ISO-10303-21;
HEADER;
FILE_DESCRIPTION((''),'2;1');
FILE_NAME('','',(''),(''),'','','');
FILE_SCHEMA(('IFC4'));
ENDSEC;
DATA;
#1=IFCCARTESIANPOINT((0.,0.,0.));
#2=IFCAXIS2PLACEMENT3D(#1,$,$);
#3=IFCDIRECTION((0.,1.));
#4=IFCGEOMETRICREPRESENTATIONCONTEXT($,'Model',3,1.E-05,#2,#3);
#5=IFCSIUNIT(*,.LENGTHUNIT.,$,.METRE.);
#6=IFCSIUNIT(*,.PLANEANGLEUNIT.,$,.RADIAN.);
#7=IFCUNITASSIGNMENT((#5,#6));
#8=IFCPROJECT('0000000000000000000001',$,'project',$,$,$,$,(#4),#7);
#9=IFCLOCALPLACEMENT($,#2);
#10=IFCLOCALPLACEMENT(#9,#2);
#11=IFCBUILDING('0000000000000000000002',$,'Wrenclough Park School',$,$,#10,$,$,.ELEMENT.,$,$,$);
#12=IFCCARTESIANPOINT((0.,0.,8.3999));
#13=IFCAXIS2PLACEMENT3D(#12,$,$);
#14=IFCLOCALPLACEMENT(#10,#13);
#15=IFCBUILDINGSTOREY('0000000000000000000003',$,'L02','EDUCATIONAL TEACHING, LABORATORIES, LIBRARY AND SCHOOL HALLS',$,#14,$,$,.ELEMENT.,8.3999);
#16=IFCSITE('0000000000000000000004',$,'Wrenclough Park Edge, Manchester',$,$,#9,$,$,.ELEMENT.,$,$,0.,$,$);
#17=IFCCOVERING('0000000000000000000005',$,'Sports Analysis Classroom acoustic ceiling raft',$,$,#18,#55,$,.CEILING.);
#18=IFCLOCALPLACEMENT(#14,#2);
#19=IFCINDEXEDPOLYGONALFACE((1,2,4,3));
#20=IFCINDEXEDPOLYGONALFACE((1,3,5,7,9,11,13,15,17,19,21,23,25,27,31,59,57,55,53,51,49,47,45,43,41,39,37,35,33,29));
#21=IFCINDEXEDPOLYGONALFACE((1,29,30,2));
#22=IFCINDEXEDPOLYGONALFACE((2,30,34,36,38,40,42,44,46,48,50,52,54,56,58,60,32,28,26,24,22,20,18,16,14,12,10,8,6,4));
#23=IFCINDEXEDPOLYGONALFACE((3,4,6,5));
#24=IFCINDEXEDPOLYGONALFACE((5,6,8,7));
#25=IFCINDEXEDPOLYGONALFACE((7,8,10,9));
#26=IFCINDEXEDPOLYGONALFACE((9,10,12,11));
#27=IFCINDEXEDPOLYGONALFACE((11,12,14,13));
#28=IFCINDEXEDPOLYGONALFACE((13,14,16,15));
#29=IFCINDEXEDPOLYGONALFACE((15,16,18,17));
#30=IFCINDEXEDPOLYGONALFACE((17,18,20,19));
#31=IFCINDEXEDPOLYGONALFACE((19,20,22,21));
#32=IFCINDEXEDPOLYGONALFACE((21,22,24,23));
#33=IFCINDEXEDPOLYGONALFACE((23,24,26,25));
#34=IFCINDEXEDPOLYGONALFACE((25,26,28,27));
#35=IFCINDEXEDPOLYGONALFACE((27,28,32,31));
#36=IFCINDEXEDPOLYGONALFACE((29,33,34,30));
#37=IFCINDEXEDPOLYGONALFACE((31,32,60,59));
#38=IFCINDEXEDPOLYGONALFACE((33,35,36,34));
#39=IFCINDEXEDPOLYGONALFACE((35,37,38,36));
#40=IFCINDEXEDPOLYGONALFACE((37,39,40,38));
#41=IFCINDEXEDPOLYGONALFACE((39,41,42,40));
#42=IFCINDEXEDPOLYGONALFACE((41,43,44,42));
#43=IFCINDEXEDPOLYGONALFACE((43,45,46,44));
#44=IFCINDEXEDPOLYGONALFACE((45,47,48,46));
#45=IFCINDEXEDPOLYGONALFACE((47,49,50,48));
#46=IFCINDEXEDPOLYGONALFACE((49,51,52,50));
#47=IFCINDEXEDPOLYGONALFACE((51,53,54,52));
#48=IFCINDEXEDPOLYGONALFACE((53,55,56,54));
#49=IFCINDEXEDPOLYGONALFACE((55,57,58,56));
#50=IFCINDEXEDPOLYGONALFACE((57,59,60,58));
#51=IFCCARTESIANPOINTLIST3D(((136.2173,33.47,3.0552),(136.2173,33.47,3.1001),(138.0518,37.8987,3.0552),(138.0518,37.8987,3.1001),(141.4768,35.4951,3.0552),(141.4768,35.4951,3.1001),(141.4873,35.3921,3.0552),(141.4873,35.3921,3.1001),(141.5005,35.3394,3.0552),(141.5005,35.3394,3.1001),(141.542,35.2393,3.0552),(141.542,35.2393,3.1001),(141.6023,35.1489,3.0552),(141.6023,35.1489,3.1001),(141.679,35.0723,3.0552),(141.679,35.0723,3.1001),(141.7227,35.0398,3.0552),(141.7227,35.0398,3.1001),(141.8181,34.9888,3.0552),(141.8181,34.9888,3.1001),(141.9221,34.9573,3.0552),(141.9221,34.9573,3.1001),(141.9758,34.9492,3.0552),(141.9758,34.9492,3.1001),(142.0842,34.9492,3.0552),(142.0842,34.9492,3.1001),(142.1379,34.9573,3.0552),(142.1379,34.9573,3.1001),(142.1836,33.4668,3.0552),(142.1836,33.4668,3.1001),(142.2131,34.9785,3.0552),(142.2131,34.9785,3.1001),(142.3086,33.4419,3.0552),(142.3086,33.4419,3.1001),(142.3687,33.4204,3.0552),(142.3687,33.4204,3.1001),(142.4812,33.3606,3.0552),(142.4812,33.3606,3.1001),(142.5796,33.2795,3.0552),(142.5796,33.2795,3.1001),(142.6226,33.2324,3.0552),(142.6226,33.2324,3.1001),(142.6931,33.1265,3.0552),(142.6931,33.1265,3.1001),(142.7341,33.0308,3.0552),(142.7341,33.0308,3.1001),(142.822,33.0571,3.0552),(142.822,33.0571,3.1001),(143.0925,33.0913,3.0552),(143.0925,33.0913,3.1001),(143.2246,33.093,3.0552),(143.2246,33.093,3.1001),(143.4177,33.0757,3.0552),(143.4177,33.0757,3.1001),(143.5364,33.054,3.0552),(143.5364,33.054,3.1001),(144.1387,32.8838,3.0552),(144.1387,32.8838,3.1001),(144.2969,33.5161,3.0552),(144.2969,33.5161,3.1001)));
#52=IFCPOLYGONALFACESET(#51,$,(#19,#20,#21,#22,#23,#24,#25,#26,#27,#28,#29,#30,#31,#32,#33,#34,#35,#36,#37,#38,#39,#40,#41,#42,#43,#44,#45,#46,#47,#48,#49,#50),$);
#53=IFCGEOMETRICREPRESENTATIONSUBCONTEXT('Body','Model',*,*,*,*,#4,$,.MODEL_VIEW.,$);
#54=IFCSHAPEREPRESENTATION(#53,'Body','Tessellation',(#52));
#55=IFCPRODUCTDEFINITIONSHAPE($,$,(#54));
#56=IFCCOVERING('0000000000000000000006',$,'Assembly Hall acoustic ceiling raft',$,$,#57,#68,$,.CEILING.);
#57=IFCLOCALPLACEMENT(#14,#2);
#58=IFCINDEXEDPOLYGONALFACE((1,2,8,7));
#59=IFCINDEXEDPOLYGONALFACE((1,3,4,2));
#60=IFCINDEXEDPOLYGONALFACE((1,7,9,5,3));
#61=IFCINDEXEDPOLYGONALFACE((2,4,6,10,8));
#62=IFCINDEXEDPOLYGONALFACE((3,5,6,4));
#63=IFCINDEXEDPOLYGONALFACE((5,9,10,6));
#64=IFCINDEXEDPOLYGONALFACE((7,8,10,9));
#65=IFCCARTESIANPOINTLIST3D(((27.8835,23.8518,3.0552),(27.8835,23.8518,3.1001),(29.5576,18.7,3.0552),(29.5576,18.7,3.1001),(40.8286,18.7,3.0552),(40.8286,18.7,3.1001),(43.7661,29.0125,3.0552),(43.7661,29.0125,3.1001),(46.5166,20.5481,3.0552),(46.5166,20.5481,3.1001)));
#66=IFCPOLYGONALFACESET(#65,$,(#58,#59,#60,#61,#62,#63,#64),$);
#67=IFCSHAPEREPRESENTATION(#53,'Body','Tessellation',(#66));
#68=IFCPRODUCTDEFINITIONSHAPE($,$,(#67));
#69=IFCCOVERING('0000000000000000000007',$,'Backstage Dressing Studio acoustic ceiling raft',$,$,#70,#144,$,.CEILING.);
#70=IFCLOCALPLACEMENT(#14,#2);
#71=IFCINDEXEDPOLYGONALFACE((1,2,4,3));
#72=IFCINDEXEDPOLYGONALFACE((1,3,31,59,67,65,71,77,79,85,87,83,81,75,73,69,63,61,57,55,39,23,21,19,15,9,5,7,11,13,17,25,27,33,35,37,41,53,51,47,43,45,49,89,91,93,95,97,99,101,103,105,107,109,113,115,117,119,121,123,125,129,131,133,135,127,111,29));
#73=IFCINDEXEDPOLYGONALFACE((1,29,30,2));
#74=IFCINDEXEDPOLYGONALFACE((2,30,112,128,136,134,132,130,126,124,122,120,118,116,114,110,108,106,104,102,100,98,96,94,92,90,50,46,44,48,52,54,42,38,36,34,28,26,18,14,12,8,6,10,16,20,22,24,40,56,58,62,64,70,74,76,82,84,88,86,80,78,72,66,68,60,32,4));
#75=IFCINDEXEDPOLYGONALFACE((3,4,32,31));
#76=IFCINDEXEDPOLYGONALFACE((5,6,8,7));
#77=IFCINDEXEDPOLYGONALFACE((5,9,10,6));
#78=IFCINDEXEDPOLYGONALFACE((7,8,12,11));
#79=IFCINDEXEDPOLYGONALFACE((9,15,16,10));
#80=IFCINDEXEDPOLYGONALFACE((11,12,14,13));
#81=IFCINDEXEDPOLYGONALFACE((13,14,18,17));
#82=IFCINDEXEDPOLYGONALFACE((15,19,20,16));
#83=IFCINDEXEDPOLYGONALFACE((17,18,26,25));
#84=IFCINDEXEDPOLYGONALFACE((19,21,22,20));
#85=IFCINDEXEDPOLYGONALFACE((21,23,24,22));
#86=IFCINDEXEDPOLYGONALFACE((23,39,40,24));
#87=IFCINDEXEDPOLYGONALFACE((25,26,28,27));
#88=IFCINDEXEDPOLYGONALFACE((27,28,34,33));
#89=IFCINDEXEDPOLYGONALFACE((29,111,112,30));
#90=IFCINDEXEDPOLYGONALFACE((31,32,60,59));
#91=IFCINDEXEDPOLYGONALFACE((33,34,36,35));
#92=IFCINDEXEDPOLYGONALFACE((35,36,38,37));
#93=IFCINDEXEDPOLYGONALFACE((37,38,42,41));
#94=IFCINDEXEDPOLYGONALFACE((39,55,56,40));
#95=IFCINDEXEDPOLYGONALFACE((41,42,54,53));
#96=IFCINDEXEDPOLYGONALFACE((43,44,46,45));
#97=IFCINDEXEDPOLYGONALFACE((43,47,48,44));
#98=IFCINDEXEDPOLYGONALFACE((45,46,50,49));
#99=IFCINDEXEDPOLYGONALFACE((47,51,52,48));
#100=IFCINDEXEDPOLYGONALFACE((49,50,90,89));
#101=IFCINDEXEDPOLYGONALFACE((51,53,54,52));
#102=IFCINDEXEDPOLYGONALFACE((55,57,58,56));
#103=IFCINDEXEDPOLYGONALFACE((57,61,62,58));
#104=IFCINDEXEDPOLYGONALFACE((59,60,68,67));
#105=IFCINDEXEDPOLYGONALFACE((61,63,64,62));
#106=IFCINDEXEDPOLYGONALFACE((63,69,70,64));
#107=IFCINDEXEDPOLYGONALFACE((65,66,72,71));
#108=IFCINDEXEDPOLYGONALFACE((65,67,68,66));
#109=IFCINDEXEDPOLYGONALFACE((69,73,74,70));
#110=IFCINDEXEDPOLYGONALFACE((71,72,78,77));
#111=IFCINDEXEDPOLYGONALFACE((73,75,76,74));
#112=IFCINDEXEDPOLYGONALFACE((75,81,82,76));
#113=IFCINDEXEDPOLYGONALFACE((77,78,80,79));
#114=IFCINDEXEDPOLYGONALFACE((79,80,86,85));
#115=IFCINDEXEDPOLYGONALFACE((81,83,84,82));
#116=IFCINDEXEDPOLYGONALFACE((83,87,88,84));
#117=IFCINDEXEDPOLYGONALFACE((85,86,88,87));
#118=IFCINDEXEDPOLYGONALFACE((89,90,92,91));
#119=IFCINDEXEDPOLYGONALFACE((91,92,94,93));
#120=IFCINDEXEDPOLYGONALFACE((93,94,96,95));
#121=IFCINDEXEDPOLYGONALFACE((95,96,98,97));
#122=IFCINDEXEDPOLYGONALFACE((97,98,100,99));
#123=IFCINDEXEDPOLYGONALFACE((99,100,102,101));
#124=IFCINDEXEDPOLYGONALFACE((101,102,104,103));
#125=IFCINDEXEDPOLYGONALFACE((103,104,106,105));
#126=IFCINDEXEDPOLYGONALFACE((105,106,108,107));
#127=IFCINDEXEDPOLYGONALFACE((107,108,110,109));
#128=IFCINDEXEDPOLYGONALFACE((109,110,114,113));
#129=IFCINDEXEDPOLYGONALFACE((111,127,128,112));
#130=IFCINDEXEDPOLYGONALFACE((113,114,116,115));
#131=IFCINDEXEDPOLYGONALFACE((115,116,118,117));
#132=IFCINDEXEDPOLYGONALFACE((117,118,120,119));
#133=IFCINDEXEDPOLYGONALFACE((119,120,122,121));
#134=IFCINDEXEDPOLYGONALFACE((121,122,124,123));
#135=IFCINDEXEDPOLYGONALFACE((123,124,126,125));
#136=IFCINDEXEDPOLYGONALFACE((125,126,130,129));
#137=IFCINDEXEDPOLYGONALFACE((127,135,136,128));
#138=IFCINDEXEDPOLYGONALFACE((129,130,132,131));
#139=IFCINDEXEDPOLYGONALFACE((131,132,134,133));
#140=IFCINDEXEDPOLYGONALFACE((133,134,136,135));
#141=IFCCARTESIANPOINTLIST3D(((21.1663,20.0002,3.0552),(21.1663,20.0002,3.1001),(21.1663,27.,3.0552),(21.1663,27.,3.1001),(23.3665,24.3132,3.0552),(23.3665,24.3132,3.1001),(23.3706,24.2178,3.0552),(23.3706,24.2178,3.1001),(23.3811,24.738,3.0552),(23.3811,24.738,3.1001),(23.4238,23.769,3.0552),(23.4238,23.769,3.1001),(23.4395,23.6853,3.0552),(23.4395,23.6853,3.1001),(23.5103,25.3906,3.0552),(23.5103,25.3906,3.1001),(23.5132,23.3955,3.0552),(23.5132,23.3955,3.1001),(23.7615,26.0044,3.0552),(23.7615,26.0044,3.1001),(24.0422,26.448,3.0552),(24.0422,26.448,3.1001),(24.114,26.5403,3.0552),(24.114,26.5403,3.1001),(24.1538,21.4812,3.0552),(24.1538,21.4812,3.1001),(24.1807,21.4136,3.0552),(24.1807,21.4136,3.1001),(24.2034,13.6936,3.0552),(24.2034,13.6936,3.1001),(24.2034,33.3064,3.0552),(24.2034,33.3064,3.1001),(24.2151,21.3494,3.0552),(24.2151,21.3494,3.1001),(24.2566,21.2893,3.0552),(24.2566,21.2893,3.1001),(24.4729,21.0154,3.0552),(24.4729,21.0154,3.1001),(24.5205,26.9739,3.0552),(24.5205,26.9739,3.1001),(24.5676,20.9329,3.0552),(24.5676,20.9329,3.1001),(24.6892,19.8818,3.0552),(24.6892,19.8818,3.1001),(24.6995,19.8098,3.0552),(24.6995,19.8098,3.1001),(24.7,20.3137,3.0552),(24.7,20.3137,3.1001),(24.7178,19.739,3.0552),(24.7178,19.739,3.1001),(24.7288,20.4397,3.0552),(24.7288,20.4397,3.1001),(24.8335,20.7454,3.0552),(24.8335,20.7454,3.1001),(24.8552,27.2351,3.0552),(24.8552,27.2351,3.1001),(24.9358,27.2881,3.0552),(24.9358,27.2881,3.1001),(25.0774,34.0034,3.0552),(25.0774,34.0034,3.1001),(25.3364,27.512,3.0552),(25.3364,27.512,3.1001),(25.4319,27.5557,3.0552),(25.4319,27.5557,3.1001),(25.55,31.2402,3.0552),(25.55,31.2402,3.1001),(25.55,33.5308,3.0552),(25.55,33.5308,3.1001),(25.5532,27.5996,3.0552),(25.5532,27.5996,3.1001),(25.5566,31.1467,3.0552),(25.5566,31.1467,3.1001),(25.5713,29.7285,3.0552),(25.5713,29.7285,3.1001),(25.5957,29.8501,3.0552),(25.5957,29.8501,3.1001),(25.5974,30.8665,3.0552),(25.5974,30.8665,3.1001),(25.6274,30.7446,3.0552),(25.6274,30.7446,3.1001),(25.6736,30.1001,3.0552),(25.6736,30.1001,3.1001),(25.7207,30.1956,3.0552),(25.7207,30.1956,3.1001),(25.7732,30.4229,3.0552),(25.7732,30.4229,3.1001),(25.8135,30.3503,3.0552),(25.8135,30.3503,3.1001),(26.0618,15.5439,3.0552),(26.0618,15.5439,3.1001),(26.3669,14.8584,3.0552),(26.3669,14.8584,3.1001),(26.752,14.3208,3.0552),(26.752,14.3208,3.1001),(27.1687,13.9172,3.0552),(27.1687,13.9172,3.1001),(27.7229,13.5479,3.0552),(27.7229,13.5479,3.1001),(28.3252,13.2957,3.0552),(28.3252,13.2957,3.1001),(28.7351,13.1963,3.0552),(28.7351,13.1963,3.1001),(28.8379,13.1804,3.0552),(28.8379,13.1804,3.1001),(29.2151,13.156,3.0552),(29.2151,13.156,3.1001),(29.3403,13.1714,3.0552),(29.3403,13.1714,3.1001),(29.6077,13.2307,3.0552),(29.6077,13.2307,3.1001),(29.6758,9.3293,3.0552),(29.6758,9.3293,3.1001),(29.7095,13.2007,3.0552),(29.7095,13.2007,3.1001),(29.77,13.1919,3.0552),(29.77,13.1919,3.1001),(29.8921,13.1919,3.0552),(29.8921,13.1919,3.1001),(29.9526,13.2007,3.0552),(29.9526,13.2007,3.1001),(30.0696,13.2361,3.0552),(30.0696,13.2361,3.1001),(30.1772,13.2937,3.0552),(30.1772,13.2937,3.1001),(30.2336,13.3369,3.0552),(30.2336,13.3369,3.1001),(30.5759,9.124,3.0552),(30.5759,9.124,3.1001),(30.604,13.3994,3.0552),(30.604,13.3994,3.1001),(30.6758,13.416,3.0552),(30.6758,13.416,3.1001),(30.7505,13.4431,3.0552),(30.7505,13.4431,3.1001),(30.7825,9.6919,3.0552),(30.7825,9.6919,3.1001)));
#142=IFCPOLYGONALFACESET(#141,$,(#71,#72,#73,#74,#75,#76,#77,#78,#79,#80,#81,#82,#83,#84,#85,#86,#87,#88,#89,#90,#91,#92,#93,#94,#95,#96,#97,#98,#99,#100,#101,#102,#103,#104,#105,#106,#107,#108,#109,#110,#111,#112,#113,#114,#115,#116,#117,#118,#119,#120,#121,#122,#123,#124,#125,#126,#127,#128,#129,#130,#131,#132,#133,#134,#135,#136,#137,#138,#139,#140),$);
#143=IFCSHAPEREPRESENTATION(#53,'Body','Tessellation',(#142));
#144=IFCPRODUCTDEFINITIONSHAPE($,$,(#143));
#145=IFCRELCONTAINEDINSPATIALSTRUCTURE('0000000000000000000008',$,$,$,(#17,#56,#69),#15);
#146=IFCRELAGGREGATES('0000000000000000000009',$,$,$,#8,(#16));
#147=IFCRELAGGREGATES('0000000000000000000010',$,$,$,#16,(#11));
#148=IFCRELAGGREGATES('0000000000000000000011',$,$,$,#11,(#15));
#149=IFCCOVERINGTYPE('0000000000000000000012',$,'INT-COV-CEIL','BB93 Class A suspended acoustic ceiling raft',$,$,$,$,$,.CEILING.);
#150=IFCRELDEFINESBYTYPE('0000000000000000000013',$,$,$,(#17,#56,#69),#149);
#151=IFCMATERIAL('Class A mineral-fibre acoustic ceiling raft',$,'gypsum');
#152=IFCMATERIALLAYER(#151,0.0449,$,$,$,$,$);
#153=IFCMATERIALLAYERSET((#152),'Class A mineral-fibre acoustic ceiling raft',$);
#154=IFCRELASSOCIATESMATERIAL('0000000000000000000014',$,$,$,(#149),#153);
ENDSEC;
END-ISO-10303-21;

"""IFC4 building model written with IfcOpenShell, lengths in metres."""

from ifc_helpers import new_model, si_unit, direction, frame, origin, place, context, subcontext, project, spatial, polyline, outline, extrude, material, layer, layer_set, type_object, element, save


model = new_model("IFC4")

# Units and contexts
model_context = context("Model", 3, precision=1e-05, world=origin(), true_north=direction((0.0, 1.0)))
body_context = subcontext(model_context, "Body", "Model", "MODEL_VIEW")
ifc_project = project(units=[si_unit("LENGTHUNIT", "METRE"), si_unit("PLANEANGLEUNIT", "RADIAN")], contexts=[model_context])

# Site, building, storey
site_placement = place(None, origin())
site = spatial("IfcSite", under=ifc_project, at=site_placement, Name="Wrenclough Park Edge, Manchester", CompositionType="ELEMENT", RefElevation=0.0)
building_placement = place(site_placement, origin())
building = spatial("IfcBuilding", under=site, at=building_placement, Name="Wrenclough Park School", CompositionType="ELEMENT")
storey_placement = place(building_placement, frame((0.0, 0.0, 8.3999)))
storey = spatial("IfcBuildingStorey", under=building, at=storey_placement, Name="L02", Description="EDUCATIONAL TEACHING, LABORATORIES, LIBRARY AND SCHOOL HALLS", CompositionType="ELEMENT", Elevation=8.3999)

# Coverings
ifc_material_1 = material(Name="Class A mineral-fibre acoustic ceiling raft", Category="gypsum")
ifc_layer_1 = layer(ifc_material_1, 0.0449)
ifc_layer_set_1 = layer_set([ifc_layer_1], Name="Class A mineral-fibre acoustic ceiling raft")
covering_type_1 = type_object("IfcCoveringType", Name="INT-COV-CEIL", Description="BB93 Class A suspended acoustic ceiling raft", PredefinedType="CEILING", material=ifc_layer_set_1)
covering_1_placement = place(storey_placement, frame((0.0, 0.0, 3.0552)))
element("IfcCovering", 1, at=covering_1_placement, inside=storey, type_object=covering_type_1, Name="Sports Analysis Classroom acoustic ceiling raft", PredefinedType="CEILING", context=body_context, shape_type="SweptSolid", body=[
    extrude(outline(polyline([(142.7341, 33.0308), (142.822, 33.0571), (143.0925, 33.0913), (143.2246, 33.093), (143.4177, 33.0757), (143.5364, 33.054), (144.1387, 32.8838), (144.2969, 33.5161), (142.2131, 34.9785), (142.1379, 34.9573), (142.0842, 34.9492), (141.9758, 34.9492), (141.9221, 34.9573), (141.8181, 34.9888), (141.7227, 35.0398), (141.679, 35.0723), (141.6023, 35.1489), (141.542, 35.2393), (141.5005, 35.3394), (141.4873, 35.3921), (141.4768, 35.4951), (138.0518, 37.8987), (136.2173, 33.47), (142.1836, 33.4668), (142.3086, 33.4419), (142.3687, 33.4204), (142.4812, 33.3606), (142.5796, 33.2795), (142.6226, 33.2324), (142.6931, 33.1265), (142.7341, 33.0308)])), origin(), (0.0, 0.0, 1.0), 0.0449),
])
covering_2_placement = place(storey_placement, frame((0.0, 0.0, 3.0552)))
element("IfcCovering", 2, at=covering_2_placement, inside=storey, type_object=covering_type_1, Name="Assembly Hall acoustic ceiling raft", PredefinedType="CEILING", context=body_context, shape_type="SweptSolid", body=[
    extrude(outline(polyline([(27.8835, 23.8518), (29.5576, 18.7), (40.8286, 18.7), (46.5166, 20.5481), (43.7661, 29.0125), (27.8835, 23.8518)])), origin(), (0.0, 0.0, 1.0), 0.0449),
])
covering_3_placement = place(storey_placement, frame((0.0, 0.0, 3.0552)))
element("IfcCovering", 3, at=covering_3_placement, inside=storey, type_object=covering_type_1, Name="Backstage Dressing Studio acoustic ceiling raft", PredefinedType="CEILING", context=body_context, shape_type="SweptSolid", body=[
    extrude(outline(polyline([(24.8335, 20.7454), (24.5676, 20.9329), (24.4729, 21.0154), (24.2566, 21.2893), (24.2151, 21.3494), (24.1807, 21.4136), (24.1538, 21.4812), (23.5132, 23.3955), (23.4395, 23.6853), (23.4238, 23.769), (23.3706, 24.2178), (23.3665, 24.3132), (23.3811, 24.738), (23.5103, 25.3906), (23.7615, 26.0044), (24.0422, 26.448), (24.114, 26.5403), (24.5205, 26.9739), (24.8552, 27.2351), (24.9358, 27.2881), (25.3364, 27.512), (25.4319, 27.5557), (25.5532, 27.5996), (25.5713, 29.7285), (25.5957, 29.8501), (25.6736, 30.1001), (25.7207, 30.1956), (25.8135, 30.3503), (25.7732, 30.4229), (25.6274, 30.7446), (25.5974, 30.8665), (25.5566, 31.1467), (25.55, 31.2402), (25.55, 33.5308), (25.0774, 34.0034), (24.2034, 33.3064), (21.1663, 27.0), (21.1663, 20.0002), (24.2034, 13.6936), (29.6758, 9.3293), (30.5759, 9.124), (30.7825, 9.6919), (30.7505, 13.4431), (30.6758, 13.416), (30.604, 13.3994), (30.2336, 13.3369), (30.1772, 13.2937), (30.0696, 13.2361), (29.9526, 13.2007), (29.8921, 13.1919), (29.77, 13.1919), (29.7095, 13.2007), (29.6077, 13.2307), (29.3403, 13.1714), (29.2151, 13.156), (28.8379, 13.1804), (28.7351, 13.1963), (28.3252, 13.2957), (27.7229, 13.5479), (27.1687, 13.9172), (26.752, 14.3208), (26.3669, 14.8584), (26.0618, 15.5439), (24.7178, 19.739), (24.6995, 19.8098), (24.6892, 19.8818), (24.7, 20.3137), (24.7288, 20.4397), (24.8335, 20.7454)])), origin(), (0.0, 0.0, 1.0), 0.0449),
])

save(model, "model.ifc")
